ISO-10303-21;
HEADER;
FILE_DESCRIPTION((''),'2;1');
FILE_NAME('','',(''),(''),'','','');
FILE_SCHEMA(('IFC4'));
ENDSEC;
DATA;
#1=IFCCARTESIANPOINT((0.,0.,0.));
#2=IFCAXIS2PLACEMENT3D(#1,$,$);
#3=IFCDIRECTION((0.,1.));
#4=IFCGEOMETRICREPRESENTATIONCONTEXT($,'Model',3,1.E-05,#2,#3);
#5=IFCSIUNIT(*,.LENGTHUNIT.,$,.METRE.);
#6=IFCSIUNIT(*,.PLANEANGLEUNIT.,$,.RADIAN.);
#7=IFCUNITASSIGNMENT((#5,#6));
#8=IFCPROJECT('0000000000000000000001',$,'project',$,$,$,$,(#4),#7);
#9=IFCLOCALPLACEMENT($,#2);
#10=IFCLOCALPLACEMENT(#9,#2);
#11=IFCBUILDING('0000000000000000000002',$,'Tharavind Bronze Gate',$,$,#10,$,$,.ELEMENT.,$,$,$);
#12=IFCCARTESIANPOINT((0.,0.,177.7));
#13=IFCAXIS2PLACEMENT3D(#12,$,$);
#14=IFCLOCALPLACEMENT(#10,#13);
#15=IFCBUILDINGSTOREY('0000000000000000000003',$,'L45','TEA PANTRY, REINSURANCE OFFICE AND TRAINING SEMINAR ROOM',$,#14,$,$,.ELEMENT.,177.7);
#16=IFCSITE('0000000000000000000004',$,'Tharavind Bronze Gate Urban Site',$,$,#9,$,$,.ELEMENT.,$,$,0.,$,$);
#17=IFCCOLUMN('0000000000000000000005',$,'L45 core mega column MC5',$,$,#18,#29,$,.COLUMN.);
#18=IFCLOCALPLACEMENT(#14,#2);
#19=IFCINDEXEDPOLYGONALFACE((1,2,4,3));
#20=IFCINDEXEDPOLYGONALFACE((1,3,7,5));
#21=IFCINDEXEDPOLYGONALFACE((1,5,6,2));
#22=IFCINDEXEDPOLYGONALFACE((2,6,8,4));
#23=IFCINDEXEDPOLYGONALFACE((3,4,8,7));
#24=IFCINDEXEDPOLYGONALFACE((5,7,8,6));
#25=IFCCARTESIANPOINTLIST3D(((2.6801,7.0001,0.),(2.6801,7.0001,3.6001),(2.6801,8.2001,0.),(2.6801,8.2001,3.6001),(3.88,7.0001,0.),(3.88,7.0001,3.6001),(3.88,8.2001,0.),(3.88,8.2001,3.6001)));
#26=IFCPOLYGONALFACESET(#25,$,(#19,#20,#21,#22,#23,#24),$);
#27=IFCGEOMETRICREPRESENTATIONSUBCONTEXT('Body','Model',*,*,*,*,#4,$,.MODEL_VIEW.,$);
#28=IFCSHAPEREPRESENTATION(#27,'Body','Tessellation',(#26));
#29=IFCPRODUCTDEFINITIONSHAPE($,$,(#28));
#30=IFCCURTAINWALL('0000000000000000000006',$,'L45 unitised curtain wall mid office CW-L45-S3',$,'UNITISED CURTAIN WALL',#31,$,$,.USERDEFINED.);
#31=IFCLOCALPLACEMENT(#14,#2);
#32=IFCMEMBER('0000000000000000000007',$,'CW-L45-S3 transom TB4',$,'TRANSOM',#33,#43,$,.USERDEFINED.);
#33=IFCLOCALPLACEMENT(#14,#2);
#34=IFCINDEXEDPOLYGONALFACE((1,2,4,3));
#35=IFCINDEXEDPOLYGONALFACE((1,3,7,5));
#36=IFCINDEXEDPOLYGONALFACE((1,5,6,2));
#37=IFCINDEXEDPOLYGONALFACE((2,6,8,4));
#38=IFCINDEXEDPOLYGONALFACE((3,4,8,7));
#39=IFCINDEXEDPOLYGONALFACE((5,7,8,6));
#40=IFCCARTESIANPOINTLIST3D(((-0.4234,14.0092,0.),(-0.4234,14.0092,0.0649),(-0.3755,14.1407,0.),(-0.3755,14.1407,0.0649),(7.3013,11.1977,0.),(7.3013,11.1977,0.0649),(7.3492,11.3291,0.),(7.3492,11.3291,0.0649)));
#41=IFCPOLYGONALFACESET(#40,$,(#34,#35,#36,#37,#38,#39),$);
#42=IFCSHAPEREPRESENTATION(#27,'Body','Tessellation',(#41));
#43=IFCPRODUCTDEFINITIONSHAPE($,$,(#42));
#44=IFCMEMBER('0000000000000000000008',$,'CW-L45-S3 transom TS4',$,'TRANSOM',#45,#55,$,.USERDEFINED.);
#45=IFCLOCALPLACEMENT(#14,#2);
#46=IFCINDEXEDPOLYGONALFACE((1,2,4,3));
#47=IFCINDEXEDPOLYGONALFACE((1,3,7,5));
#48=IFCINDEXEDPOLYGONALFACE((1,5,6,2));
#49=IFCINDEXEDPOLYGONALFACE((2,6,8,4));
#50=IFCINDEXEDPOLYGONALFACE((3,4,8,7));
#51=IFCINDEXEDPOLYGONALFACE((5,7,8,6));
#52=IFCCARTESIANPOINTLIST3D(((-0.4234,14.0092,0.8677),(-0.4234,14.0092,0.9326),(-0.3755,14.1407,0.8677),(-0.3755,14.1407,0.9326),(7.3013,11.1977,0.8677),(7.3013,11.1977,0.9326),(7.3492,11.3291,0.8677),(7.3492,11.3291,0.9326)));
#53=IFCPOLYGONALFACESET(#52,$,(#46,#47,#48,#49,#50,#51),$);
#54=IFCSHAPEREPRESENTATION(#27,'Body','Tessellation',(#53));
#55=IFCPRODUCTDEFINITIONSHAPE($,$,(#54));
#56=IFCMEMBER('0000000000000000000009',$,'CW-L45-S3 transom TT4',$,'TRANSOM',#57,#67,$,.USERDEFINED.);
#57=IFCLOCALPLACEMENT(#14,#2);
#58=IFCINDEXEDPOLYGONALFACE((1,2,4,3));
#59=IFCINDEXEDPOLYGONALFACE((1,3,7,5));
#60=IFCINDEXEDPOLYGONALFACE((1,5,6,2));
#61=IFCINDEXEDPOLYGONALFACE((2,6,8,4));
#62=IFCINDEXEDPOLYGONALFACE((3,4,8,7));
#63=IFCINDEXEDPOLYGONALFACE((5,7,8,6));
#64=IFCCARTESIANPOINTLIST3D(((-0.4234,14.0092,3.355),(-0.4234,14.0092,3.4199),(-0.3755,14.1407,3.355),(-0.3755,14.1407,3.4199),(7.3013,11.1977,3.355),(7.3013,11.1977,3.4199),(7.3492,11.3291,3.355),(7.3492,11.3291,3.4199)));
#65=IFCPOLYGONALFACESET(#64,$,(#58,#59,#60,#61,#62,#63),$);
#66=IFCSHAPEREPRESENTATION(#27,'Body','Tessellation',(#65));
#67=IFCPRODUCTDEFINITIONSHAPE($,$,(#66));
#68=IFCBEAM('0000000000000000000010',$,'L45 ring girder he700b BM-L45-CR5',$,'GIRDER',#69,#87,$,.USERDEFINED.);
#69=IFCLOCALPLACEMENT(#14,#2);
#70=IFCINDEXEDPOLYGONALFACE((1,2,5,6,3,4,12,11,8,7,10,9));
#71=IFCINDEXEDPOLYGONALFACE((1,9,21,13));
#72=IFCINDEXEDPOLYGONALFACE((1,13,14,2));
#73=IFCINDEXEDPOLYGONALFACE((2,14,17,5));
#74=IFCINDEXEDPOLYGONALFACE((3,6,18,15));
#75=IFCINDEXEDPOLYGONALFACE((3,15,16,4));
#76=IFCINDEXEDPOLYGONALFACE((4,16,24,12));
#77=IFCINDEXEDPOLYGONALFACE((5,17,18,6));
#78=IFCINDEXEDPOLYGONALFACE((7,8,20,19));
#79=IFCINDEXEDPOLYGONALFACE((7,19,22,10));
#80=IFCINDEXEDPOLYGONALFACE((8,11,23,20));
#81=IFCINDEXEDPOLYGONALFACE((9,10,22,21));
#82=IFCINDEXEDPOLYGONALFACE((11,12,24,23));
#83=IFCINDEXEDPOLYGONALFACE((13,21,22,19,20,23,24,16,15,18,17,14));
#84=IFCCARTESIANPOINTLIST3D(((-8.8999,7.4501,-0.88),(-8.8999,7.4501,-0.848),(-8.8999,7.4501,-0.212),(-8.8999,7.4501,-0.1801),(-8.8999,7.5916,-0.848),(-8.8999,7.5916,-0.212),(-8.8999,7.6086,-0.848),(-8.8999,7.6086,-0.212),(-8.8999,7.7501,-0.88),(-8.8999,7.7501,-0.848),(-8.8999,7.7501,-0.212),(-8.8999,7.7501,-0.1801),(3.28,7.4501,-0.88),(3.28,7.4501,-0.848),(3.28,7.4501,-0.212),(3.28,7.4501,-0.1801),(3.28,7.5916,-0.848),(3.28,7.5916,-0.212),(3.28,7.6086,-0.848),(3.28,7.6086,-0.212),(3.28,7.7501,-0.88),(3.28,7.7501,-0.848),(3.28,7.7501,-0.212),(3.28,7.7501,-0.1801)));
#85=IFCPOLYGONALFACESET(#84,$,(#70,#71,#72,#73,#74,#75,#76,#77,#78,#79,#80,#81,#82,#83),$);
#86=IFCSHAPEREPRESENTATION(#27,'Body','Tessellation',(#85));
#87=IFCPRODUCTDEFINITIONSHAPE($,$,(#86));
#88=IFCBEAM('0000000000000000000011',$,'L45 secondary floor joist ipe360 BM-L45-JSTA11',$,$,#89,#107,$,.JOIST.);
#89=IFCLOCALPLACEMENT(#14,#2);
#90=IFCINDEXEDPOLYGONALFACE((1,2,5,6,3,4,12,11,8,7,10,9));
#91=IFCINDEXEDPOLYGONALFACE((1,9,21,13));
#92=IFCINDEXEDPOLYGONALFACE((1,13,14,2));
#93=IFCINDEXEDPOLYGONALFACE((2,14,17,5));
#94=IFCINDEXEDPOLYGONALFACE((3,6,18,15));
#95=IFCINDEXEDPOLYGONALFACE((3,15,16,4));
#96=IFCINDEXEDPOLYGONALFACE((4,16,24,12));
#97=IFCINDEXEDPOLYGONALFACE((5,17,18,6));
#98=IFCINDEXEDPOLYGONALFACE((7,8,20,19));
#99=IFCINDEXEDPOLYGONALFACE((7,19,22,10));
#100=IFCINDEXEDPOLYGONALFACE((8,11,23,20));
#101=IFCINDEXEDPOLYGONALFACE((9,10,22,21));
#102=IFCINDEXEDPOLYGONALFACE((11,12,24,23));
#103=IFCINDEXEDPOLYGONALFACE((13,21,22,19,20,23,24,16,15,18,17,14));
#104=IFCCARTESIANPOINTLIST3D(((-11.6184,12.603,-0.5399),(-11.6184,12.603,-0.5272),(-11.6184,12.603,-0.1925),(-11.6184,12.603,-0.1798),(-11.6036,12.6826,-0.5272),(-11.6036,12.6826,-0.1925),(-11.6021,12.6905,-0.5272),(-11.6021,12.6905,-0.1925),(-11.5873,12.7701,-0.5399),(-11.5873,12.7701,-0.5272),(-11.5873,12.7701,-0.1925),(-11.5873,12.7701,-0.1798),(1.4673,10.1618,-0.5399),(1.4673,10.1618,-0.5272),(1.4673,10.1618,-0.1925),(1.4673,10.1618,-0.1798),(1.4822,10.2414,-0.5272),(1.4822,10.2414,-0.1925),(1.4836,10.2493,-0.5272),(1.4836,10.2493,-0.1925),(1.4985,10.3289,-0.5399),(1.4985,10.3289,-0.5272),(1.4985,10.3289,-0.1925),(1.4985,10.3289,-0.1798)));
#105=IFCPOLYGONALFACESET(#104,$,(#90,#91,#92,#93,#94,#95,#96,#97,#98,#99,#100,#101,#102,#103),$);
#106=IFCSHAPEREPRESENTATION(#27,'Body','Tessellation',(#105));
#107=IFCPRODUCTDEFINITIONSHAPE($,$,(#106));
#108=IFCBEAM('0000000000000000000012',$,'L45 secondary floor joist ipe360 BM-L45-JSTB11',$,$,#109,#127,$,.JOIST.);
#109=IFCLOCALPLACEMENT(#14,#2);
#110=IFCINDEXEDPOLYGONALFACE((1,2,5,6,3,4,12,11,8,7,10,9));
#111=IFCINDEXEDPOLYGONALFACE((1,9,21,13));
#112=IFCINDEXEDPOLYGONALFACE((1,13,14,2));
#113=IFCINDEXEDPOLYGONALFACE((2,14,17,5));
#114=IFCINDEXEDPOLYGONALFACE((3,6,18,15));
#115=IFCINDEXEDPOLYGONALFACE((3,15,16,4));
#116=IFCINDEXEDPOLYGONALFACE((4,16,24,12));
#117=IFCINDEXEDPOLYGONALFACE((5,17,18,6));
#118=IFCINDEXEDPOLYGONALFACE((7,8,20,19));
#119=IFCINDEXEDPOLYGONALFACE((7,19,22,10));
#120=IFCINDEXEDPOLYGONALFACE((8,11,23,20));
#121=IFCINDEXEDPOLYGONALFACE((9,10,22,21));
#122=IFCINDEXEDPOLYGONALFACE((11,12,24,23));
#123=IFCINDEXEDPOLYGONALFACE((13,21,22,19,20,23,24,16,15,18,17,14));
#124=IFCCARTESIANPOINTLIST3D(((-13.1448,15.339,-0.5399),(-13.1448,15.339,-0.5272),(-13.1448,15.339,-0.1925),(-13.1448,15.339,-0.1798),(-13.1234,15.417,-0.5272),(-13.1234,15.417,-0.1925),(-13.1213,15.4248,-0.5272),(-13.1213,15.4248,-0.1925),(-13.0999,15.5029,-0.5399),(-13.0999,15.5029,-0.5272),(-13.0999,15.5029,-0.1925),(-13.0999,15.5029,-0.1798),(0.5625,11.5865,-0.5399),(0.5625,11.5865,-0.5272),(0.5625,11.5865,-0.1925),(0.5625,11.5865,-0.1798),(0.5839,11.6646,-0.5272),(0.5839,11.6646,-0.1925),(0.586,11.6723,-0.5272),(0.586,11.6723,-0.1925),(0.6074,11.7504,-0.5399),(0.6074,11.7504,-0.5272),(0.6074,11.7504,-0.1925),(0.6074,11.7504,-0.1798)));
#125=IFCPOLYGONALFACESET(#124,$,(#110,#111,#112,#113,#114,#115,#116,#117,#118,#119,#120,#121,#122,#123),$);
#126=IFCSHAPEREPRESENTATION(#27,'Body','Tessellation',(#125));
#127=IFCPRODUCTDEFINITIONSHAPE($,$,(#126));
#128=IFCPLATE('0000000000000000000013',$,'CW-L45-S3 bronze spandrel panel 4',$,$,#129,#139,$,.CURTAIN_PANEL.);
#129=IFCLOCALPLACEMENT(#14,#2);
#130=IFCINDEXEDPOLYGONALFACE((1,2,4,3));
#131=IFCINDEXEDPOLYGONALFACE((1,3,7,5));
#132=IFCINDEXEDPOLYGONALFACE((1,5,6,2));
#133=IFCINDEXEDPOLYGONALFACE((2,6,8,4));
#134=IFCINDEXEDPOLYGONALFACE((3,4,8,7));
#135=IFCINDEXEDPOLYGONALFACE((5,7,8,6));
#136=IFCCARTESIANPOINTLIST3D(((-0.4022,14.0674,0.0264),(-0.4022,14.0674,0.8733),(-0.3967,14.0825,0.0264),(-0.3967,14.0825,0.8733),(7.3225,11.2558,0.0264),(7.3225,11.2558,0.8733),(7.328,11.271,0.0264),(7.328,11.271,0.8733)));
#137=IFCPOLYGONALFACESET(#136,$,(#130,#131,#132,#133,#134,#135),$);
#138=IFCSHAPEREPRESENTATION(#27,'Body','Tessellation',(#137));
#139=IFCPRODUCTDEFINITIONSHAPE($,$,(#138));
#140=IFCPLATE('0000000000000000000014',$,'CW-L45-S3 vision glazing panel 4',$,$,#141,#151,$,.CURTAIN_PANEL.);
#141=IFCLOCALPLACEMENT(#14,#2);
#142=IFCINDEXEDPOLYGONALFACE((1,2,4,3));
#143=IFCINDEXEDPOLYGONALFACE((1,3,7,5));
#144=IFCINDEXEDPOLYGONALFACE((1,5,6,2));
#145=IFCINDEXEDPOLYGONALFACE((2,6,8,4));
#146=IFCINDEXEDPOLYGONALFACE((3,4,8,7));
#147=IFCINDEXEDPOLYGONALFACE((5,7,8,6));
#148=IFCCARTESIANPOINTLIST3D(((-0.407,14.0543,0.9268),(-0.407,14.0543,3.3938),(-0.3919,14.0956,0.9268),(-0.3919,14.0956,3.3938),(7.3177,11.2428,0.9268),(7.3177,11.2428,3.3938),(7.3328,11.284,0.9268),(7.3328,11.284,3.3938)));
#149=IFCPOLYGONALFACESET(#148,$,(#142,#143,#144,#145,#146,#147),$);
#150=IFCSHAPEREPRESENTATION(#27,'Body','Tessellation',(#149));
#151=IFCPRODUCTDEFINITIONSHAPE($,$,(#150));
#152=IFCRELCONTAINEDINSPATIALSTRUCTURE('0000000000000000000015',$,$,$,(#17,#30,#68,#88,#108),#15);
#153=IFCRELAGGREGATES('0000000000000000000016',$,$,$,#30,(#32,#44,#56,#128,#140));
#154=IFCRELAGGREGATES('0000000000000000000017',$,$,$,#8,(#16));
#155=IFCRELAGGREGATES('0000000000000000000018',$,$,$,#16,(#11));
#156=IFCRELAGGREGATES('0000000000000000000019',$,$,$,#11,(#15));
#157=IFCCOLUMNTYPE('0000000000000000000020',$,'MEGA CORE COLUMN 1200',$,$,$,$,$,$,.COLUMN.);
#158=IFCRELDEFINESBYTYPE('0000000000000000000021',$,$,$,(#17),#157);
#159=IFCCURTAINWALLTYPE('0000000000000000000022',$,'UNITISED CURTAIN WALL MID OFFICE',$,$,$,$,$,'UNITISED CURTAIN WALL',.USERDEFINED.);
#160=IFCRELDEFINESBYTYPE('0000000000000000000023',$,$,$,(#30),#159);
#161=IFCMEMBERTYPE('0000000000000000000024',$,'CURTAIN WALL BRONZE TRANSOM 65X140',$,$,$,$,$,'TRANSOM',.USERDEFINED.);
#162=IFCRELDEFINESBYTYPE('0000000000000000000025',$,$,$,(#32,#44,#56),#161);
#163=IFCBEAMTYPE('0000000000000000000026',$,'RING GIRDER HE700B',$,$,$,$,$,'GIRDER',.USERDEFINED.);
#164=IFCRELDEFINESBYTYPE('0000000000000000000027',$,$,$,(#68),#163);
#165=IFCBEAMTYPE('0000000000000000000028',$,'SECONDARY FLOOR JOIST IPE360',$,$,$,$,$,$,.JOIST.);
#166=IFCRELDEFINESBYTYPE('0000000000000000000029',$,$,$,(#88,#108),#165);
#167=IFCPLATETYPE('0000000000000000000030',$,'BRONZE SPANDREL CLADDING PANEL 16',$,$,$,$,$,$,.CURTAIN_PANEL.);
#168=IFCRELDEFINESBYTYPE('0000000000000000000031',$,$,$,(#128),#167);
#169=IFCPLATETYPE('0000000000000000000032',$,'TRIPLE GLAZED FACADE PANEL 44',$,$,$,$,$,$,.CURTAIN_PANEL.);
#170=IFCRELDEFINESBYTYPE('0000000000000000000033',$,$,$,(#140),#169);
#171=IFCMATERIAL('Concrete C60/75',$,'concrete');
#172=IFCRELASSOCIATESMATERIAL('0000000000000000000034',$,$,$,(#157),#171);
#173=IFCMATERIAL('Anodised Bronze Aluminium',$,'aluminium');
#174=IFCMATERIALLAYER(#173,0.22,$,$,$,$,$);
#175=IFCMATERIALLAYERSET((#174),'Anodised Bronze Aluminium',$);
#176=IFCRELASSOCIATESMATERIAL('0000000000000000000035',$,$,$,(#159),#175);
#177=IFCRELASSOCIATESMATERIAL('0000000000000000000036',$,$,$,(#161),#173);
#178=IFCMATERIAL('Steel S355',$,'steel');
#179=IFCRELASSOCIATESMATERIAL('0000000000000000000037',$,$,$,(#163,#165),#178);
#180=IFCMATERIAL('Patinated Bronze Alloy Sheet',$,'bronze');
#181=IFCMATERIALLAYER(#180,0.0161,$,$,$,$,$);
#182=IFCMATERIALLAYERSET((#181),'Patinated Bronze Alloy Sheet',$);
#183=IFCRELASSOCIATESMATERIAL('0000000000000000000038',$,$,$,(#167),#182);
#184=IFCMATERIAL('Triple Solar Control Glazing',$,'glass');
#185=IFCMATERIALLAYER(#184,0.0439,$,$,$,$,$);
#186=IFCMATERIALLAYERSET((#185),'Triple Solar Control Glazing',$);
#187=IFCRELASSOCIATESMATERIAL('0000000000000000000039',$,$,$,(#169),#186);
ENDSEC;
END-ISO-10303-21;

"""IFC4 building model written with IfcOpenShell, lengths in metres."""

from ifc_helpers import new_model, si_unit, direction, frame, origin, origin_2d, place, context, subcontext, project, spatial, rectangle, i_section, extrude, material, layer, layer_set, material_profile, profile_set, type_object, element, aggregate, save


model = new_model("IFC4")

# Units and contexts
model_context = context("Model", 3, precision=1e-05, world=origin(), true_north=direction((0.0, 1.0)))
body_context = subcontext(model_context, "Body", "Model", "MODEL_VIEW")
ifc_project = project(units=[si_unit("LENGTHUNIT", "METRE"), si_unit("PLANEANGLEUNIT", "RADIAN")], contexts=[model_context])

# Site, building, storey
site_placement = place(None, origin())
site = spatial("IfcSite", under=ifc_project, at=site_placement, Name="Tharavind Bronze Gate Urban Site", CompositionType="ELEMENT", RefElevation=0.0)
building_placement = place(site_placement, origin())
building = spatial("IfcBuilding", under=site, at=building_placement, Name="Tharavind Bronze Gate", CompositionType="ELEMENT")
storey_placement = place(building_placement, frame((0.0, 0.0, 177.7)))
storey = spatial("IfcBuildingStorey", under=building, at=storey_placement, Name="L45", Description="TEA PANTRY, REINSURANCE OFFICE AND TRAINING SEMINAR ROOM", CompositionType="ELEMENT", Elevation=177.7)

# Column
ifc_material_1 = material(Name="Concrete C60/75", Category="concrete")
ifc_material_profile_1 = material_profile(ifc_material_1, rectangle(XDim=1.2, YDim=1.2, at=origin_2d()), Name="RCCOL1200")
ifc_profile_set_1 = profile_set([ifc_material_profile_1], Name="Concrete C60/75")
column_type = type_object("IfcColumnType", Name="MEGA CORE COLUMN 1200", PredefinedType="COLUMN", material=ifc_profile_set_1)
column_placement = place(storey_placement, frame((3.28, 7.6001, 0.0), z_axis=(0.0, 0.0, 1.0), x_axis=(1.0, 0.0, 0.0)))
element("IfcColumn", 1, at=column_placement, inside=storey, type_object=column_type, Name="L45 core mega column MC5", PredefinedType="COLUMN", context=body_context, shape_type="SweptSolid", body=[
    extrude(rectangle(XDim=1.2, YDim=1.2, at=origin_2d()), origin(), (0.0, 0.0, 1.0), 3.6001),
])

# Curtain wall, members
ifc_material_2 = material(Name="Anodised Bronze Aluminium", Category="aluminium")
ifc_layer_1 = layer(ifc_material_2, 0.22)
ifc_layer_set_1 = layer_set([ifc_layer_1], Name="Anodised Bronze Aluminium")
curtain_wall_type = type_object("IfcCurtainWallType", Name="UNITISED CURTAIN WALL MID OFFICE", ElementType="UNITISED CURTAIN WALL", PredefinedType="USERDEFINED", material=ifc_layer_set_1)
curtain_wall_placement = place(storey_placement, origin())
curtain_wall = element("IfcCurtainWall", 2, at=curtain_wall_placement, inside=storey, type_object=curtain_wall_type, Name="L45 unitised curtain wall mid office CW-L45-S3", ObjectType="UNITISED CURTAIN WALL", PredefinedType="USERDEFINED")
member_type = type_object("IfcMemberType", Name="CURTAIN WALL BRONZE TRANSOM 65X140", ElementType="TRANSOM", PredefinedType="USERDEFINED", material=ifc_material_2)
member_1_placement = place(storey_placement, frame((3.4629, 12.6692, 0.0), z_axis=(0.0, 0.0, 1.0), x_axis=(-0.939692, 0.342022, 0.0)))
member_1 = element("IfcMember", 3, at=member_1_placement, type_object=member_type, Name="CW-L45-S3 transom TB4", ObjectType="TRANSOM", PredefinedType="USERDEFINED", context=body_context, shape_type="SweptSolid", body=[
    extrude(rectangle(XDim=8.2205, YDim=0.1399, at=origin_2d()), origin(), (0.0, 0.0, 1.0), 0.0649),
])
member_2_placement = place(storey_placement, frame((3.4629, 12.6692, 0.8677), z_axis=(0.0, 0.0, 1.0), x_axis=(-0.939692, 0.342022, 0.0)))
member_2 = element("IfcMember", 4, at=member_2_placement, type_object=member_type, Name="CW-L45-S3 transom TS4", ObjectType="TRANSOM", PredefinedType="USERDEFINED", context=body_context, shape_type="SweptSolid", body=[
    extrude(rectangle(XDim=8.2205, YDim=0.1399, at=origin_2d()), origin(), (0.0, 0.0, 1.0), 0.0649),
])
member_3_placement = place(storey_placement, frame((3.4629, 12.6692, 3.355), z_axis=(0.0, 0.0, 1.0), x_axis=(-0.939692, 0.342022, 0.0)))
member_3 = element("IfcMember", 5, at=member_3_placement, type_object=member_type, Name="CW-L45-S3 transom TT4", ObjectType="TRANSOM", PredefinedType="USERDEFINED", context=body_context, shape_type="SweptSolid", body=[
    extrude(rectangle(XDim=8.2205, YDim=0.1399, at=origin_2d()), origin(), (0.0, 0.0, 1.0), 0.0649),
])

# Beams
ifc_material_3 = material(Name="Steel S355", Category="steel")
ifc_material_profile_2 = material_profile(ifc_material_3, i_section(OverallWidth=0.3, OverallDepth=0.7, WebThickness=0.0171, FlangeThickness=0.032, at=origin_2d()), Name="HE700B")
ifc_profile_set_2 = profile_set([ifc_material_profile_2], Name="Steel S355")
beam_type_1 = type_object("IfcBeamType", Name="RING GIRDER HE700B", ElementType="GIRDER", PredefinedType="USERDEFINED", material=ifc_profile_set_2)
beam_1_placement = place(storey_placement, frame((3.28, 7.6001, -0.53), z_axis=(-1.0, 0.0, 0.0), x_axis=(0.0, -1.0, 0.0)))
element("IfcBeam", 6, at=beam_1_placement, inside=storey, type_object=beam_type_1, Name="L45 ring girder he700b BM-L45-CR5", ObjectType="GIRDER", PredefinedType="USERDEFINED", context=body_context, shape_type="SweptSolid", body=[
    extrude(i_section(OverallWidth=0.3, OverallDepth=0.7, WebThickness=0.0171, FlangeThickness=0.032, at=origin_2d()), origin(), (0.0, 0.0, 1.0), 12.1799),
])
ifc_material_profile_3 = material_profile(ifc_material_3, i_section(OverallWidth=0.1699, OverallDepth=0.3601, WebThickness=0.0081, FlangeThickness=0.0127, at=origin_2d()), Name="IPE360")
ifc_profile_set_3 = profile_set([ifc_material_profile_3], Name="Steel S355")
beam_type_2 = type_object("IfcBeamType", Name="SECONDARY FLOOR JOIST IPE360", PredefinedType="JOIST", material=ifc_profile_set_3)
beam_2_placement = place(storey_placement, frame((1.4829, 10.2454, -0.3599), z_axis=(-0.983041, 0.183388, 0.0), x_axis=(-0.183388, -0.983041, 0.0)))
element("IfcBeam", 7, at=beam_2_placement, inside=storey, type_object=beam_type_2, Name="L45 secondary floor joist ipe360 BM-L45-JSTA11", PredefinedType="JOIST", context=body_context, shape_type="SweptSolid", body=[
    extrude(i_section(OverallWidth=0.1699, OverallDepth=0.3601, WebThickness=0.0081, FlangeThickness=0.0127, at=origin_2d()), origin(), (0.0, 0.0, 1.0), 13.3115),
])
beam_3_placement = place(storey_placement, frame((0.585, 11.6685, -0.3599), z_axis=(-0.964512, 0.26404, 0.0), x_axis=(-0.26404, -0.964512, 0.0)))
element("IfcBeam", 8, at=beam_3_placement, inside=storey, type_object=beam_type_2, Name="L45 secondary floor joist ipe360 BM-L45-JSTB11", PredefinedType="JOIST", context=body_context, shape_type="SweptSolid", body=[
    extrude(i_section(OverallWidth=0.1699, OverallDepth=0.3601, WebThickness=0.0081, FlangeThickness=0.0127, at=origin_2d()), origin(), (0.0, 0.0, 1.0), 14.2117),
])

# Plates
ifc_material_4 = material(Name="Patinated Bronze Alloy Sheet", Category="bronze")
ifc_layer_2 = layer(ifc_material_4, 0.0161)
ifc_layer_set_2 = layer_set([ifc_layer_2], Name="Patinated Bronze Alloy Sheet")
plate_type_1 = type_object("IfcPlateType", Name="BRONZE SPANDREL CLADDING PANEL 16", PredefinedType="CURTAIN_PANEL", material=ifc_layer_set_2)
plate_1_placement = place(storey_placement, frame((3.4629, 12.6692, 0.0264), z_axis=(0.0, 0.0, 1.0), x_axis=(-0.939692, 0.342022, 0.0)))
plate_1 = element("IfcPlate", 9, at=plate_1_placement, type_object=plate_type_1, Name="CW-L45-S3 bronze spandrel panel 4", PredefinedType="CURTAIN_PANEL", context=body_context, shape_type="SweptSolid", body=[
    extrude(rectangle(XDim=8.2205, YDim=0.0161, at=origin_2d()), origin(), (0.0, 0.0, 1.0), 0.8469),
])
ifc_material_5 = material(Name="Triple Solar Control Glazing", Category="glass")
ifc_layer_3 = layer(ifc_material_5, 0.0439)
ifc_layer_set_3 = layer_set([ifc_layer_3], Name="Triple Solar Control Glazing")
plate_type_2 = type_object("IfcPlateType", Name="TRIPLE GLAZED FACADE PANEL 44", PredefinedType="CURTAIN_PANEL", material=ifc_layer_set_3)
plate_2_placement = place(storey_placement, frame((3.4629, 12.6692, 0.9268), z_axis=(0.0, 0.0, 1.0), x_axis=(-0.939692, 0.342022, 0.0)))
plate_2 = element("IfcPlate", 10, at=plate_2_placement, type_object=plate_type_2, Name="CW-L45-S3 vision glazing panel 4", PredefinedType="CURTAIN_PANEL", context=body_context, shape_type="SweptSolid", body=[
    extrude(rectangle(XDim=8.2205, YDim=0.0439, at=origin_2d()), origin(), (0.0, 0.0, 1.0), 2.467),
])
aggregate(curtain_wall, [member_1, member_2, member_3, plate_1, plate_2])

save(model, "model.ifc")
